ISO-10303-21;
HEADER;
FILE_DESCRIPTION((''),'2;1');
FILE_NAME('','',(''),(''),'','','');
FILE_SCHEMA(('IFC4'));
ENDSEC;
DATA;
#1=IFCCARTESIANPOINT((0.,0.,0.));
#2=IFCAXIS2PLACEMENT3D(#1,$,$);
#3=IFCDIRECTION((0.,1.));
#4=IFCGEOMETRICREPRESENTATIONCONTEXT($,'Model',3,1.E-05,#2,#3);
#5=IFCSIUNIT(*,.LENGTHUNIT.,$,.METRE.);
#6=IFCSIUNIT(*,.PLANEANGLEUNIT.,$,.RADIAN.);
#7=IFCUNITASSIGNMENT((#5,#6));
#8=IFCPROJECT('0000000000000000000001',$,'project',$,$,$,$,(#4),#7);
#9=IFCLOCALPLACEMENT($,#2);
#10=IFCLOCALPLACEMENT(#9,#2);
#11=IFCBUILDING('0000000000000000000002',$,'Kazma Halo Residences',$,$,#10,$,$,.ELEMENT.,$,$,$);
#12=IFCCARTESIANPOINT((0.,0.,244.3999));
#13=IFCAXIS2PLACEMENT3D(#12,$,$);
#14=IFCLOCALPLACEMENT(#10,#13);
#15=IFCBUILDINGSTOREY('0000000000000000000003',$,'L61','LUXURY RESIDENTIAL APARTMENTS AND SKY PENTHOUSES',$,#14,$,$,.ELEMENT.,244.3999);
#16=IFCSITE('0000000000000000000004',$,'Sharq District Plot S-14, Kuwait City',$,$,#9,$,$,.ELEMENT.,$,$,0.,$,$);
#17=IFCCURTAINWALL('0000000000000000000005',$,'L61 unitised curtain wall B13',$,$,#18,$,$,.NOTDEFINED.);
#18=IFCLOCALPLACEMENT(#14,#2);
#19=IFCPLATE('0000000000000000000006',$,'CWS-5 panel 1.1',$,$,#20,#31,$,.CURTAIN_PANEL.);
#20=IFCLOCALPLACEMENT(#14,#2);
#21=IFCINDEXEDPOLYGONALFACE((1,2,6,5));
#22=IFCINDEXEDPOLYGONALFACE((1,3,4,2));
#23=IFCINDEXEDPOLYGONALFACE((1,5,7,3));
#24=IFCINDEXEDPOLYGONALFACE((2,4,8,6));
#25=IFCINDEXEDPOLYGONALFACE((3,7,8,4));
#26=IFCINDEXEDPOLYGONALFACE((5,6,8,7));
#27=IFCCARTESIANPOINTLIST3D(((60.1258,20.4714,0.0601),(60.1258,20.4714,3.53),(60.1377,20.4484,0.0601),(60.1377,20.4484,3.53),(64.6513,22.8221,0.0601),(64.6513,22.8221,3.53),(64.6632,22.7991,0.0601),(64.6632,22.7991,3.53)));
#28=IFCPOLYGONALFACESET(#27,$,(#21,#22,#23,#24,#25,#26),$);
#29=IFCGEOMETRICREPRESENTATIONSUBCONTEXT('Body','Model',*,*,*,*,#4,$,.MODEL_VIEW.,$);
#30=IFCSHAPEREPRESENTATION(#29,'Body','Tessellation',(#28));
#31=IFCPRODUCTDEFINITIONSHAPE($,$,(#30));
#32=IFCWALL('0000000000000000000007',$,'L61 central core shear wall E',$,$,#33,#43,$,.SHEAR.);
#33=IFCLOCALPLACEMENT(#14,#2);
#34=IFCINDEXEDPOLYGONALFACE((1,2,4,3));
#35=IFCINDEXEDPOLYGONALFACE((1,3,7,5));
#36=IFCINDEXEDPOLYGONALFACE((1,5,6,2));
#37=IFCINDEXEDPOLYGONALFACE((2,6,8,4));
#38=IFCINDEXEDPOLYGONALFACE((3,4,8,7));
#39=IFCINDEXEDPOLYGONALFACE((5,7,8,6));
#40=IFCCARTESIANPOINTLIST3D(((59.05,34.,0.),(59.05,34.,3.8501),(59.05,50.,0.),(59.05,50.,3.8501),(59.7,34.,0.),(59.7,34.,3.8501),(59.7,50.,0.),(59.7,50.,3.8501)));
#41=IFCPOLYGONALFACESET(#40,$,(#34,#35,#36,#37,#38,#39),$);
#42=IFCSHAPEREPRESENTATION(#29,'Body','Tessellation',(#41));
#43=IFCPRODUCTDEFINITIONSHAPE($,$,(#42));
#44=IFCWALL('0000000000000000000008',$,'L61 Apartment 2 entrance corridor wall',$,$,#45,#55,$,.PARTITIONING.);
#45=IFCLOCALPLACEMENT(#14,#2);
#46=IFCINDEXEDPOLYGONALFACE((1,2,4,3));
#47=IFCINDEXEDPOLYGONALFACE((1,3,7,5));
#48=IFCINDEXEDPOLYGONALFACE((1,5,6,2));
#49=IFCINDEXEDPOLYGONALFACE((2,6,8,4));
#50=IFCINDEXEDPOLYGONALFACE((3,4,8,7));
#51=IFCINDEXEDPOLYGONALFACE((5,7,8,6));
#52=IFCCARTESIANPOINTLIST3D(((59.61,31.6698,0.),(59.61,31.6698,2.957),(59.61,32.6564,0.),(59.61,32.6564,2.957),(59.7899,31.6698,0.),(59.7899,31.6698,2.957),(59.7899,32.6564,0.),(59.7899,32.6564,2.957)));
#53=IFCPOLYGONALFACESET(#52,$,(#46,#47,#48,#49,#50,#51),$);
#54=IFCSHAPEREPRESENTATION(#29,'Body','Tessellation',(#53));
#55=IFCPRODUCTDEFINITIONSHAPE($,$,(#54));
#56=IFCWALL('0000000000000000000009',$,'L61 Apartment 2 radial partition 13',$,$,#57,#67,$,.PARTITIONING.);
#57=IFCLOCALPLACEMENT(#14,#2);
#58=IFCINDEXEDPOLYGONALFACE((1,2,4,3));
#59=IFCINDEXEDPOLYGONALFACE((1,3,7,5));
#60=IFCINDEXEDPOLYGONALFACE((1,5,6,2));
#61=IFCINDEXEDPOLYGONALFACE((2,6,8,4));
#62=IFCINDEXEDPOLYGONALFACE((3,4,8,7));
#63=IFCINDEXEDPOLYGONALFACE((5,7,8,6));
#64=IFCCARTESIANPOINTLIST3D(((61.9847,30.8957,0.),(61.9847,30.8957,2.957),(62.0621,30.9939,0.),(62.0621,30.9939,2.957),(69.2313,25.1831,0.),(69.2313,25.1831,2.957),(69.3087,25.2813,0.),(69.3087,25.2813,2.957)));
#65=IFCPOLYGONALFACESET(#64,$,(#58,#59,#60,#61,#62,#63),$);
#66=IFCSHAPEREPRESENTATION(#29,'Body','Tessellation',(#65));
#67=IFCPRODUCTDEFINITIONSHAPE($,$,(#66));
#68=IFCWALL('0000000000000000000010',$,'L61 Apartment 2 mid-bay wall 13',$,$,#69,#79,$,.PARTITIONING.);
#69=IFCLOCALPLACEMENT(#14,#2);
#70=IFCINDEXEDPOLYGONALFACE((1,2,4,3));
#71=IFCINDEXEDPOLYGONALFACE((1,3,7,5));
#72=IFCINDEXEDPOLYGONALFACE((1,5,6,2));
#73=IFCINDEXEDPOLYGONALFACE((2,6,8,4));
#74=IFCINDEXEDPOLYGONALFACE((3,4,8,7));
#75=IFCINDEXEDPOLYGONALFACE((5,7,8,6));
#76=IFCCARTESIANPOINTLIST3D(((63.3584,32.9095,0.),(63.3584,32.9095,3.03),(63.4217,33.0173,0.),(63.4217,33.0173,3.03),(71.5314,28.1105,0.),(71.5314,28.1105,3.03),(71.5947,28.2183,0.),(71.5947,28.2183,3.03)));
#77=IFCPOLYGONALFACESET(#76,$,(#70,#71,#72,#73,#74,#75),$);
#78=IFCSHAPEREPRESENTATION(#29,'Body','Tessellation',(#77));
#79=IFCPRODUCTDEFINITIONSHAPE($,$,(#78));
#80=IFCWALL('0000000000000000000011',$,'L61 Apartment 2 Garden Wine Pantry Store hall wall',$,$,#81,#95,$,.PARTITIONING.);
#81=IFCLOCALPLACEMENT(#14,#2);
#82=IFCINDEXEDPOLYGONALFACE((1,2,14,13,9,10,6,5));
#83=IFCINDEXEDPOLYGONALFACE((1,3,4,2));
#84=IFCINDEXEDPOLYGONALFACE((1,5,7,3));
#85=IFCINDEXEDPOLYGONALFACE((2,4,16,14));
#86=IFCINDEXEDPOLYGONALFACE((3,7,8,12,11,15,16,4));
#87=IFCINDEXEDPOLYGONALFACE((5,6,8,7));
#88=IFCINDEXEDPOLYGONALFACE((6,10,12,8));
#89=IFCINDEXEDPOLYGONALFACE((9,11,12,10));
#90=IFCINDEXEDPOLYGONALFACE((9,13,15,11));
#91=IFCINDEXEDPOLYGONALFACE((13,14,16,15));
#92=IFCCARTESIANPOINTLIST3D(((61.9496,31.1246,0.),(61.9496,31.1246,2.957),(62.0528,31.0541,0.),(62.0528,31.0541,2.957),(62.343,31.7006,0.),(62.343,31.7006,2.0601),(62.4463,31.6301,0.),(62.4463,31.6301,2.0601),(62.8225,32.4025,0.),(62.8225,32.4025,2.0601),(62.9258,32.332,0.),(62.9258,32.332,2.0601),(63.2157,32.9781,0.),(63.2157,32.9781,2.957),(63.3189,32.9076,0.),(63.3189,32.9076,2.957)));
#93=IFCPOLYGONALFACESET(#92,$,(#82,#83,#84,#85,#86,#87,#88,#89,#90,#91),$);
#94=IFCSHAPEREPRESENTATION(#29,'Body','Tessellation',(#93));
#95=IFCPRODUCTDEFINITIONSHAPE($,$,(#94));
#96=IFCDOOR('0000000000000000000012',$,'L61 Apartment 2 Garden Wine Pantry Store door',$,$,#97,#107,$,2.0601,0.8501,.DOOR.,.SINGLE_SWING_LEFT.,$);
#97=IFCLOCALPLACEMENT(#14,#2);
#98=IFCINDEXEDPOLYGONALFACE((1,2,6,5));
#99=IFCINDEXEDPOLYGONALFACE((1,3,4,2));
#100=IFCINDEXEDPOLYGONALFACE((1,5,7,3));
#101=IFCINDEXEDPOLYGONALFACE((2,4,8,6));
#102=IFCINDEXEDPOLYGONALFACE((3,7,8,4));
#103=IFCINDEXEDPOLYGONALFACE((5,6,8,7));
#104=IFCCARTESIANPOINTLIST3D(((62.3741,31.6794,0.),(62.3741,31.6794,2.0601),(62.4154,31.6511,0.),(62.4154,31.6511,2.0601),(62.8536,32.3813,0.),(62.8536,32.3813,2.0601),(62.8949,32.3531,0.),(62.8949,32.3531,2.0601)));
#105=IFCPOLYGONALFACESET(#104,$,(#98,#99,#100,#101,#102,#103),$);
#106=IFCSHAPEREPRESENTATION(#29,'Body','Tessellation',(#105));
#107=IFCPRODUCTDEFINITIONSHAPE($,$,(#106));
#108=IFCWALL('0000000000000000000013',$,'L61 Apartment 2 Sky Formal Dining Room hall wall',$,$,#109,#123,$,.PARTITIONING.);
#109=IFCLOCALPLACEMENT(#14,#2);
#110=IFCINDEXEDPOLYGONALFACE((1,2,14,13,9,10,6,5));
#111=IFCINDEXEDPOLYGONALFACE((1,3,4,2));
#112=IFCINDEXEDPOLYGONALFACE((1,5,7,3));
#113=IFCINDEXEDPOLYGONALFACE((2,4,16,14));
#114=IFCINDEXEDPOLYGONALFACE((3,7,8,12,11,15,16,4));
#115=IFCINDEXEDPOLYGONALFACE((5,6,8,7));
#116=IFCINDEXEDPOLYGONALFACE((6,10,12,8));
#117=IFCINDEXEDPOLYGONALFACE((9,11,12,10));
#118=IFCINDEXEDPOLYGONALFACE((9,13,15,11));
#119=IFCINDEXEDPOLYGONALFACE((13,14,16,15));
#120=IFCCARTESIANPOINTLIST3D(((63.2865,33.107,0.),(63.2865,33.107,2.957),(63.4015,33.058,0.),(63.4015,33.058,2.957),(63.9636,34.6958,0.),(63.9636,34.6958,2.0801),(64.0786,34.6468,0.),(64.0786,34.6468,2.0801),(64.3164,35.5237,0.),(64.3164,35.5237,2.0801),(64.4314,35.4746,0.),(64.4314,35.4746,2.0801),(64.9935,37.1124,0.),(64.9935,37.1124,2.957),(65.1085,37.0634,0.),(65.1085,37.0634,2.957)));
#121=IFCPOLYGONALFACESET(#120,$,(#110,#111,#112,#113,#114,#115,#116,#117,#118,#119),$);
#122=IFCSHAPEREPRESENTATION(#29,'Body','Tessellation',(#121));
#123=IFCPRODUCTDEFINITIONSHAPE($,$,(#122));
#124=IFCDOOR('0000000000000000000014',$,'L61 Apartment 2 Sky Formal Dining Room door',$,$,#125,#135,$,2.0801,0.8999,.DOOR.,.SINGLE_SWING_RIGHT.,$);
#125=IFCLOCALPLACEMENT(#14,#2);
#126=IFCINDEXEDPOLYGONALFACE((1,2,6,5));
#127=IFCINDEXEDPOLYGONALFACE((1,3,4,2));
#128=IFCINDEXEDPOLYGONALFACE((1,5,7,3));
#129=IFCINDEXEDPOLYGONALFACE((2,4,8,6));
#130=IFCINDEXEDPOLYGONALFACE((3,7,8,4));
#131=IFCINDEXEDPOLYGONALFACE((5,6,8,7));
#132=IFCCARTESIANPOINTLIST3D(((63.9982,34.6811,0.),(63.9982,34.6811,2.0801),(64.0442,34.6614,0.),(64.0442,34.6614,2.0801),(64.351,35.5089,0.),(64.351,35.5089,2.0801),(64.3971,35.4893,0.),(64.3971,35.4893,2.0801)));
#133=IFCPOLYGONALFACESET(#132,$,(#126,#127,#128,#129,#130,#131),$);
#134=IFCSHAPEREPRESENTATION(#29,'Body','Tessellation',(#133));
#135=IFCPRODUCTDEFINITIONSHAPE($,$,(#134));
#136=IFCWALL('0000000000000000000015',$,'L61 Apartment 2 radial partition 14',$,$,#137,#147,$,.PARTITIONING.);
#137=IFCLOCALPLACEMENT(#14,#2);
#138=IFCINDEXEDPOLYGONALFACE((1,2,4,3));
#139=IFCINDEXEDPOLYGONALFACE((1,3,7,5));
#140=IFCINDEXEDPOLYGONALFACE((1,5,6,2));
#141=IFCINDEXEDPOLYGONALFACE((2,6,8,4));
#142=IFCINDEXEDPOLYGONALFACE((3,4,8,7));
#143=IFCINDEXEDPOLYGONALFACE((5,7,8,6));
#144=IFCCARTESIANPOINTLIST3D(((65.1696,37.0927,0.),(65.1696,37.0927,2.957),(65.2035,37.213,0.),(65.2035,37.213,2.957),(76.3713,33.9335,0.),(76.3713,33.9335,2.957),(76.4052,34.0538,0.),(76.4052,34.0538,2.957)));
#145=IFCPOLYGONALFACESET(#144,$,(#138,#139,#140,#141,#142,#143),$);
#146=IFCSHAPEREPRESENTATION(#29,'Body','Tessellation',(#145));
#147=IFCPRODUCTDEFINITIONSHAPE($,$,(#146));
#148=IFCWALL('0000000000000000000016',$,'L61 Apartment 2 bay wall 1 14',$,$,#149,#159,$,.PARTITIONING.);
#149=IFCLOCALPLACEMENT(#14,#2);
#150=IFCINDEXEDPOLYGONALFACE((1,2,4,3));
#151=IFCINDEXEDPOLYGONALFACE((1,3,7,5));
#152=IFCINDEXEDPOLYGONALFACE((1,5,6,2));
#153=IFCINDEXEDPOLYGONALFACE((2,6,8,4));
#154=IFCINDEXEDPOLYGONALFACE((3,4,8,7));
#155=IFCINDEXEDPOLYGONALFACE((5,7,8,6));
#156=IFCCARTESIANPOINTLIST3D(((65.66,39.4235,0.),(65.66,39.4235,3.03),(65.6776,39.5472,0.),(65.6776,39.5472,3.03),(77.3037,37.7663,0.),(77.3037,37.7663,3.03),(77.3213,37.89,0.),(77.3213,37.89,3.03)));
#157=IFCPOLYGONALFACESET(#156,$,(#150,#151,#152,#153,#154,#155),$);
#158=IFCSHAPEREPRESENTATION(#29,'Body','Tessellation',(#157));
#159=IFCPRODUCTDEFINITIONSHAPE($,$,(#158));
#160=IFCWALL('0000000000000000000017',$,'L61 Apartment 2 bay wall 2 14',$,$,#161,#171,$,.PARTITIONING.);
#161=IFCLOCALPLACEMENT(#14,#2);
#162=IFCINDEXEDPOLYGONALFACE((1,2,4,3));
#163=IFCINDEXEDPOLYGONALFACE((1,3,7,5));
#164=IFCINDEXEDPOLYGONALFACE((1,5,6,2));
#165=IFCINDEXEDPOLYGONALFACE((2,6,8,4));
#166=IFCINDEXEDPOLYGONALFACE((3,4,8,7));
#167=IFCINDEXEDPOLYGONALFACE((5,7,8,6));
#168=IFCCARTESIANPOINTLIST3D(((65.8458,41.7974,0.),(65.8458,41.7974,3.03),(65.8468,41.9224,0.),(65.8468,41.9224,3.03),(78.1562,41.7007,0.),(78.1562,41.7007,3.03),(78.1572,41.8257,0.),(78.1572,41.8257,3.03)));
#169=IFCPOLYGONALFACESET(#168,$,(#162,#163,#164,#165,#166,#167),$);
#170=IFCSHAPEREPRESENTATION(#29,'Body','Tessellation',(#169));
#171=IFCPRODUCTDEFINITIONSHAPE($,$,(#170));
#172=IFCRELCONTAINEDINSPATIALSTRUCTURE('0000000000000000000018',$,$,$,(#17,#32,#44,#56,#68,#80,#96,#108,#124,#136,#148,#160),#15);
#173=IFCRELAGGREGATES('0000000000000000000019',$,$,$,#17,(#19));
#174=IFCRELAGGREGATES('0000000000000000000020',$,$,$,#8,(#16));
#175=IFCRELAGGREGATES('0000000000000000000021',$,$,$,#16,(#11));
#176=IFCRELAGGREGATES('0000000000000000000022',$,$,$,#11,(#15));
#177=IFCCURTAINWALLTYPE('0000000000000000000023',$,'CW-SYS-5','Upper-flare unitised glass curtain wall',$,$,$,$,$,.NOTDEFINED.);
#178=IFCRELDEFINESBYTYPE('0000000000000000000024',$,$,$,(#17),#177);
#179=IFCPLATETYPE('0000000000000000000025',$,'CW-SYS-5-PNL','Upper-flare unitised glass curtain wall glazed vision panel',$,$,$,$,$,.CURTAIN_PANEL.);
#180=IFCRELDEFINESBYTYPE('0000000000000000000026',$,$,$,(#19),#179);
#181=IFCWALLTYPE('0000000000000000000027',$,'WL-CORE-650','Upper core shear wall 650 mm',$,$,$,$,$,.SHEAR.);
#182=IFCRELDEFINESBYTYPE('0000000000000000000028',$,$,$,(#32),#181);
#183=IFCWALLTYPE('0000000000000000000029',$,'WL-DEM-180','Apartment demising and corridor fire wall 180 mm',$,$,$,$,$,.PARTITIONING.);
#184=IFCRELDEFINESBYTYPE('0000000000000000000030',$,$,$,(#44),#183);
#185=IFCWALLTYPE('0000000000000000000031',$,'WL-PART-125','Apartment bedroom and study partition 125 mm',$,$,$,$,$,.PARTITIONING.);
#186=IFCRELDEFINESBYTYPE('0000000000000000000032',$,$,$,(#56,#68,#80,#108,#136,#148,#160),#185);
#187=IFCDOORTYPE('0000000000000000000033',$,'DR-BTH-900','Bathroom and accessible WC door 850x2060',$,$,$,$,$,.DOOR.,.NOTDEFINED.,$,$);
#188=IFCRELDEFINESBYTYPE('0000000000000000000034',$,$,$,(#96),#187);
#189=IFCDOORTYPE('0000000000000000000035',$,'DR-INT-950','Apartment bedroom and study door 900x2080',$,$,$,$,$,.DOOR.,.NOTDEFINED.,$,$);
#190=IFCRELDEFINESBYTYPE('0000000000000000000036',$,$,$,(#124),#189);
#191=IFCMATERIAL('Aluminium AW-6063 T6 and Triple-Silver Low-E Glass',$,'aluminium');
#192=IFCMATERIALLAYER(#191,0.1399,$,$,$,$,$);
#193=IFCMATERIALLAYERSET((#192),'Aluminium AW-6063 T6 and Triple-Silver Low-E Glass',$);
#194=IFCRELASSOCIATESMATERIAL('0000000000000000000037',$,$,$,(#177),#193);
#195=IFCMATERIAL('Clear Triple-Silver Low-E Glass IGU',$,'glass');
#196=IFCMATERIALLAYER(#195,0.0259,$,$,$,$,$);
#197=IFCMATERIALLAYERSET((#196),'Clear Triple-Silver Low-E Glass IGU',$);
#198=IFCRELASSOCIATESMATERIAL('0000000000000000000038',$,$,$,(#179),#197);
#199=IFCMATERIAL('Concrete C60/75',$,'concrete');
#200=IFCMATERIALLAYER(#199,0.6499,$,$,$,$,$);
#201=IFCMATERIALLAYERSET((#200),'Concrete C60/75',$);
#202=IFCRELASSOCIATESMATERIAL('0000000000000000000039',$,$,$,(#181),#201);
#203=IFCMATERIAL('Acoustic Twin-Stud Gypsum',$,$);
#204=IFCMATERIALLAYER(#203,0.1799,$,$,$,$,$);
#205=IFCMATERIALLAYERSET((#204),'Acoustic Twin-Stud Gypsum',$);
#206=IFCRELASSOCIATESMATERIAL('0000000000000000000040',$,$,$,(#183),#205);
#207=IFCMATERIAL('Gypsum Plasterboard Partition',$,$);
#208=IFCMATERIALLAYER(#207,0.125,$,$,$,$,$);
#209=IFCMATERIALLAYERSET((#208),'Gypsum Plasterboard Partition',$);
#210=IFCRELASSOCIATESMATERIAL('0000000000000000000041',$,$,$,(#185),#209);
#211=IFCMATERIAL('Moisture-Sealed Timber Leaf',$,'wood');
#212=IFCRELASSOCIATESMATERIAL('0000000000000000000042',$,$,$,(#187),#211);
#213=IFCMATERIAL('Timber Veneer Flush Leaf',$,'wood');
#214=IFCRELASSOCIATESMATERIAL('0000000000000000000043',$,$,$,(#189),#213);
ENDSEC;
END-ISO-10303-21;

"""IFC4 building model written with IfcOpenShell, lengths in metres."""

from ifc_helpers import new_model, si_unit, direction, frame, frame_2d, origin, origin_2d, place, context, subcontext, project, spatial, rectangle, extrude, material, layer, layer_set, type_object, element, fill, aggregate, save


model = new_model("IFC4")

# Units and contexts
model_context = context("Model", 3, precision=1e-05, world=origin(), true_north=direction((0.0, 1.0)))
body_context = subcontext(model_context, "Body", "Model", "MODEL_VIEW")
ifc_project = project(units=[si_unit("LENGTHUNIT", "METRE"), si_unit("PLANEANGLEUNIT", "RADIAN")], contexts=[model_context])

# Site, building, storey
site_placement = place(None, origin())
site = spatial("IfcSite", under=ifc_project, at=site_placement, Name="Sharq District Plot S-14, Kuwait City", CompositionType="ELEMENT", RefElevation=0.0)
building_placement = place(site_placement, origin())
building = spatial("IfcBuilding", under=site, at=building_placement, Name="Kazma Halo Residences", CompositionType="ELEMENT")
storey_placement = place(building_placement, frame((0.0, 0.0, 244.3999)))
storey = spatial("IfcBuildingStorey", under=building, at=storey_placement, Name="L61", Description="LUXURY RESIDENTIAL APARTMENTS AND SKY PENTHOUSES", CompositionType="ELEMENT", Elevation=244.3999)

# Curtain wall, plate
ifc_material_1 = material(Name="Aluminium AW-6063 T6 and Triple-Silver Low-E Glass", Category="aluminium")
ifc_layer_1 = layer(ifc_material_1, 0.1399)
ifc_layer_set_1 = layer_set([ifc_layer_1], Name="Aluminium AW-6063 T6 and Triple-Silver Low-E Glass")
curtain_wall_type = type_object("IfcCurtainWallType", Name="CW-SYS-5", Description="Upper-flare unitised glass curtain wall", PredefinedType="NOTDEFINED", material=ifc_layer_set_1)
curtain_wall_placement = place(storey_placement, origin())
curtain_wall = element("IfcCurtainWall", 1, at=curtain_wall_placement, inside=storey, type_object=curtain_wall_type, Name="L61 unitised curtain wall B13", PredefinedType="NOTDEFINED")
ifc_material_2 = material(Name="Clear Triple-Silver Low-E Glass IGU", Category="glass")
ifc_layer_2 = layer(ifc_material_2, 0.0259)
ifc_layer_set_2 = layer_set([ifc_layer_2], Name="Clear Triple-Silver Low-E Glass IGU")
plate_type = type_object("IfcPlateType", Name="CW-SYS-5-PNL", Description="Upper-flare unitised glass curtain wall glazed vision panel", PredefinedType="CURTAIN_PANEL", material=ifc_layer_set_2)
plate_placement = place(storey_placement, frame((62.3945, 21.6353, 0.0601), z_axis=(0.0, 0.0, 1.0), x_axis=(0.887421, 0.460961, 0.0)))
plate = element("IfcPlate", 2, at=plate_placement, type_object=plate_type, Name="CWS-5 panel 1.1", PredefinedType="CURTAIN_PANEL", context=body_context, shape_type="SweptSolid", body=[
    extrude(rectangle(XDim=5.0996, YDim=0.0259, at=origin_2d()), origin(), (0.0, 0.0, 1.0), 3.47),
])
aggregate(curtain_wall, [plate])

# Walls
ifc_material_3 = material(Name="Concrete C60/75", Category="concrete")
ifc_layer_3 = layer(ifc_material_3, 0.6499)
ifc_layer_set_3 = layer_set([ifc_layer_3], Name="Concrete C60/75")
wall_type_1 = type_object("IfcWallType", Name="WL-CORE-650", Description="Upper core shear wall 650 mm", PredefinedType="SHEAR", material=ifc_layer_set_3)
wall_1_placement = place(storey_placement, frame((59.375, 34.0, 0.0), z_axis=(0.0, 0.0, 1.0), x_axis=(0.0, 1.0, 0.0)))
element("IfcWall", 3, at=wall_1_placement, inside=storey, type_object=wall_type_1, Name="L61 central core shear wall E", PredefinedType="SHEAR", context=body_context, shape_type="SweptSolid", body=[
    extrude(rectangle(XDim=16.0, YDim=0.6499, at=frame_2d((8.0, 0.0))), origin(), (0.0, 0.0, 1.0), 3.8501),
])
ifc_material_4 = material(Name="Acoustic Twin-Stud Gypsum")
ifc_layer_4 = layer(ifc_material_4, 0.1799)
ifc_layer_set_4 = layer_set([ifc_layer_4], Name="Acoustic Twin-Stud Gypsum")
wall_type_2 = type_object("IfcWallType", Name="WL-DEM-180", Description="Apartment demising and corridor fire wall 180 mm", PredefinedType="PARTITIONING", material=ifc_layer_set_4)
wall_2_placement = place(storey_placement, frame((59.7, 31.6699, 0.0), z_axis=(0.0, 0.0, 1.0), x_axis=(0.0, 1.0, 0.0)))
element("IfcWall", 4, at=wall_2_placement, inside=storey, type_object=wall_type_2, Name="L61 Apartment 2 entrance corridor wall", PredefinedType="PARTITIONING", context=body_context, shape_type="SweptSolid", body=[
    extrude(rectangle(XDim=0.9866, YDim=0.1799, at=frame_2d((0.4932, 0.0))), origin(), (0.0, 0.0, 1.0), 2.957),
])
ifc_material_5 = material(Name="Gypsum Plasterboard Partition")
ifc_layer_5 = layer(ifc_material_5, 0.125)
ifc_layer_set_5 = layer_set([ifc_layer_5], Name="Gypsum Plasterboard Partition")
wall_type_3 = type_object("IfcWallType", Name="WL-PART-125", Description="Apartment bedroom and study partition 125 mm", PredefinedType="PARTITIONING", material=ifc_layer_set_5)
wall_3_placement = place(storey_placement, frame((62.0234, 30.9448, 0.0), z_axis=(0.0, 0.0, 1.0), x_axis=(0.785322, -0.619087, 0.0)))
element("IfcWall", 5, at=wall_3_placement, inside=storey, type_object=wall_type_3, Name="L61 Apartment 2 radial partition 13", PredefinedType="PARTITIONING", context=body_context, shape_type="SweptSolid", body=[
    extrude(rectangle(XDim=9.2275, YDim=0.125, at=frame_2d((4.6138, 0.0))), origin(), (0.0, 0.0, 1.0), 2.957),
])
wall_4_placement = place(storey_placement, frame((63.3901, 32.9634, 0.0), z_axis=(0.0, 0.0, 1.0), x_axis=(0.862332, -0.506343, 0.0)))
element("IfcWall", 6, at=wall_4_placement, inside=storey, type_object=wall_type_3, Name="L61 Apartment 2 mid-bay wall 13", PredefinedType="PARTITIONING", context=body_context, shape_type="SweptSolid", body=[
    extrude(rectangle(XDim=9.4778, YDim=0.125, at=frame_2d((4.7388, 0.0))), origin(), (0.0, 0.0, 1.0), 3.03),
])

# Walls, openings, doors
wall_5_placement = place(storey_placement, frame((62.0012, 31.0894, 0.0), z_axis=(0.0, 0.0, 1.0), x_axis=(0.564052, 0.825739, 0.0)))
wall_5 = element("IfcWall", 7, at=wall_5_placement, inside=storey, type_object=wall_type_3, Name="L61 Apartment 2 Garden Wine Pantry Store hall wall", PredefinedType="PARTITIONING", context=body_context, shape_type="SweptSolid", body=[
    extrude(rectangle(XDim=2.2446, YDim=0.125, at=frame_2d((1.1223, 0.0))), origin(), (0.0, 0.0, 1.0), 2.957),
])
opening_1_placement = place(wall_5_placement, frame((0.6975, 0.0, 0.0)))
opening_1 = element("IfcOpeningElement", 8, at=opening_1_placement, cuts=wall_5, PredefinedType="OPENING", context=body_context, shape_type="SweptSolid", body=[
    extrude(rectangle(XDim=0.8501, YDim=2.0601, at=frame_2d((0.425, 1.03))), frame((0.0, 0.0725, 0.0), z_axis=(0.0, -1.0, 0.0), x_axis=(1.0, 0.0, 0.0)), (0.0, 0.0, 1.0), 0.145),
])
ifc_material_6 = material(Name="Moisture-Sealed Timber Leaf", Category="wood")
door_type_1 = type_object("IfcDoorType", Name="DR-BTH-900", Description="Bathroom and accessible WC door 850x2060", OperationType="NOTDEFINED", PredefinedType="DOOR", material=ifc_material_6)
door_1_placement = place(opening_1_placement, origin())
door_1 = element("IfcDoor", 9, at=door_1_placement, inside=storey, type_object=door_type_1, Name="L61 Apartment 2 Garden Wine Pantry Store door", OperationType="SINGLE_SWING_LEFT", OverallHeight=2.0601, OverallWidth=0.8501, PredefinedType="DOOR", context=body_context, shape_type="SweptSolid", body=[
    extrude(rectangle(XDim=0.8501, YDim=2.0601, at=frame_2d((0.425, 1.03))), frame((0.0, 0.0249, 0.0), z_axis=(0.0, -1.0, 0.0), x_axis=(1.0, 0.0, 0.0)), (0.0, 0.0, 1.0), 0.05),
])
fill(opening_1, door_1)
wall_6_placement = place(storey_placement, frame((63.344, 33.0825, 0.0), z_axis=(0.0, 0.0, 1.0), x_axis=(0.392064, 0.919938, 0.0)))
wall_6 = element("IfcWall", 10, at=wall_6_placement, inside=storey, type_object=wall_type_3, Name="L61 Apartment 2 Sky Formal Dining Room hall wall", PredefinedType="PARTITIONING", context=body_context, shape_type="SweptSolid", body=[
    extrude(rectangle(XDim=4.354, YDim=0.125, at=frame_2d((2.177, 0.0))), origin(), (0.0, 0.0, 1.0), 2.957),
])
opening_2_placement = place(wall_6_placement, frame((1.7271, 0.0, 0.0)))
opening_2 = element("IfcOpeningElement", 11, at=opening_2_placement, cuts=wall_6, PredefinedType="OPENING", context=body_context, shape_type="SweptSolid", body=[
    extrude(rectangle(XDim=0.8999, YDim=2.0801, at=frame_2d((0.45, 1.04))), frame((0.0, 0.0725, 0.0), z_axis=(0.0, -1.0, 0.0), x_axis=(1.0, 0.0, 0.0)), (0.0, 0.0, 1.0), 0.145),
])
ifc_material_7 = material(Name="Timber Veneer Flush Leaf", Category="wood")
door_type_2 = type_object("IfcDoorType", Name="DR-INT-950", Description="Apartment bedroom and study door 900x2080", OperationType="NOTDEFINED", PredefinedType="DOOR", material=ifc_material_7)
door_2_placement = place(opening_2_placement, origin())
door_2 = element("IfcDoor", 12, at=door_2_placement, inside=storey, type_object=door_type_2, Name="L61 Apartment 2 Sky Formal Dining Room door", OperationType="SINGLE_SWING_RIGHT", OverallHeight=2.0801, OverallWidth=0.8999, PredefinedType="DOOR", context=body_context, shape_type="SweptSolid", body=[
    extrude(rectangle(XDim=0.8999, YDim=2.0801, at=frame_2d((0.45, 1.04))), frame((0.0, 0.0249, 0.0), z_axis=(0.0, -1.0, 0.0), x_axis=(1.0, 0.0, 0.0)), (0.0, 0.0, 1.0), 0.05),
])
fill(opening_2, door_2)

# Walls
wall_7_placement = place(storey_placement, frame((65.1865, 37.1528, 0.0), z_axis=(0.0, 0.0, 1.0), x_axis=(0.962456, -0.271439, 0.0)))
element("IfcWall", 13, at=wall_7_placement, inside=storey, type_object=wall_type_3, Name="L61 Apartment 2 radial partition 14", PredefinedType="PARTITIONING", context=body_context, shape_type="SweptSolid", body=[
    extrude(rectangle(XDim=11.6387, YDim=0.125, at=frame_2d((5.8193, 0.0))), origin(), (0.0, 0.0, 1.0), 2.957),
])
wall_8_placement = place(storey_placement, frame((65.6689, 39.4854, 0.0), z_axis=(0.0, 0.0, 1.0), x_axis=(0.990022, -0.14091, 0.0)))
element("IfcWall", 14, at=wall_8_placement, inside=storey, type_object=wall_type_3, Name="L61 Apartment 2 bay wall 1 14", PredefinedType="PARTITIONING", context=body_context, shape_type="SweptSolid", body=[
    extrude(rectangle(XDim=11.761, YDim=0.125, at=frame_2d((5.8804, 0.0))), origin(), (0.0, 0.0, 1.0), 3.03),
])
wall_9_placement = place(storey_placement, frame((65.8464, 41.8599, 0.0), z_axis=(0.0, 0.0, 1.0), x_axis=(0.999969, -0.007853, 0.0)))
element("IfcWall", 15, at=wall_9_placement, inside=storey, type_object=wall_type_3, Name="L61 Apartment 2 bay wall 2 14", PredefinedType="PARTITIONING", context=body_context, shape_type="SweptSolid", body=[
    extrude(rectangle(XDim=12.3108, YDim=0.125, at=frame_2d((6.1553, 0.0))), origin(), (0.0, 0.0, 1.0), 3.03),
])

save(model, "model.ifc")
